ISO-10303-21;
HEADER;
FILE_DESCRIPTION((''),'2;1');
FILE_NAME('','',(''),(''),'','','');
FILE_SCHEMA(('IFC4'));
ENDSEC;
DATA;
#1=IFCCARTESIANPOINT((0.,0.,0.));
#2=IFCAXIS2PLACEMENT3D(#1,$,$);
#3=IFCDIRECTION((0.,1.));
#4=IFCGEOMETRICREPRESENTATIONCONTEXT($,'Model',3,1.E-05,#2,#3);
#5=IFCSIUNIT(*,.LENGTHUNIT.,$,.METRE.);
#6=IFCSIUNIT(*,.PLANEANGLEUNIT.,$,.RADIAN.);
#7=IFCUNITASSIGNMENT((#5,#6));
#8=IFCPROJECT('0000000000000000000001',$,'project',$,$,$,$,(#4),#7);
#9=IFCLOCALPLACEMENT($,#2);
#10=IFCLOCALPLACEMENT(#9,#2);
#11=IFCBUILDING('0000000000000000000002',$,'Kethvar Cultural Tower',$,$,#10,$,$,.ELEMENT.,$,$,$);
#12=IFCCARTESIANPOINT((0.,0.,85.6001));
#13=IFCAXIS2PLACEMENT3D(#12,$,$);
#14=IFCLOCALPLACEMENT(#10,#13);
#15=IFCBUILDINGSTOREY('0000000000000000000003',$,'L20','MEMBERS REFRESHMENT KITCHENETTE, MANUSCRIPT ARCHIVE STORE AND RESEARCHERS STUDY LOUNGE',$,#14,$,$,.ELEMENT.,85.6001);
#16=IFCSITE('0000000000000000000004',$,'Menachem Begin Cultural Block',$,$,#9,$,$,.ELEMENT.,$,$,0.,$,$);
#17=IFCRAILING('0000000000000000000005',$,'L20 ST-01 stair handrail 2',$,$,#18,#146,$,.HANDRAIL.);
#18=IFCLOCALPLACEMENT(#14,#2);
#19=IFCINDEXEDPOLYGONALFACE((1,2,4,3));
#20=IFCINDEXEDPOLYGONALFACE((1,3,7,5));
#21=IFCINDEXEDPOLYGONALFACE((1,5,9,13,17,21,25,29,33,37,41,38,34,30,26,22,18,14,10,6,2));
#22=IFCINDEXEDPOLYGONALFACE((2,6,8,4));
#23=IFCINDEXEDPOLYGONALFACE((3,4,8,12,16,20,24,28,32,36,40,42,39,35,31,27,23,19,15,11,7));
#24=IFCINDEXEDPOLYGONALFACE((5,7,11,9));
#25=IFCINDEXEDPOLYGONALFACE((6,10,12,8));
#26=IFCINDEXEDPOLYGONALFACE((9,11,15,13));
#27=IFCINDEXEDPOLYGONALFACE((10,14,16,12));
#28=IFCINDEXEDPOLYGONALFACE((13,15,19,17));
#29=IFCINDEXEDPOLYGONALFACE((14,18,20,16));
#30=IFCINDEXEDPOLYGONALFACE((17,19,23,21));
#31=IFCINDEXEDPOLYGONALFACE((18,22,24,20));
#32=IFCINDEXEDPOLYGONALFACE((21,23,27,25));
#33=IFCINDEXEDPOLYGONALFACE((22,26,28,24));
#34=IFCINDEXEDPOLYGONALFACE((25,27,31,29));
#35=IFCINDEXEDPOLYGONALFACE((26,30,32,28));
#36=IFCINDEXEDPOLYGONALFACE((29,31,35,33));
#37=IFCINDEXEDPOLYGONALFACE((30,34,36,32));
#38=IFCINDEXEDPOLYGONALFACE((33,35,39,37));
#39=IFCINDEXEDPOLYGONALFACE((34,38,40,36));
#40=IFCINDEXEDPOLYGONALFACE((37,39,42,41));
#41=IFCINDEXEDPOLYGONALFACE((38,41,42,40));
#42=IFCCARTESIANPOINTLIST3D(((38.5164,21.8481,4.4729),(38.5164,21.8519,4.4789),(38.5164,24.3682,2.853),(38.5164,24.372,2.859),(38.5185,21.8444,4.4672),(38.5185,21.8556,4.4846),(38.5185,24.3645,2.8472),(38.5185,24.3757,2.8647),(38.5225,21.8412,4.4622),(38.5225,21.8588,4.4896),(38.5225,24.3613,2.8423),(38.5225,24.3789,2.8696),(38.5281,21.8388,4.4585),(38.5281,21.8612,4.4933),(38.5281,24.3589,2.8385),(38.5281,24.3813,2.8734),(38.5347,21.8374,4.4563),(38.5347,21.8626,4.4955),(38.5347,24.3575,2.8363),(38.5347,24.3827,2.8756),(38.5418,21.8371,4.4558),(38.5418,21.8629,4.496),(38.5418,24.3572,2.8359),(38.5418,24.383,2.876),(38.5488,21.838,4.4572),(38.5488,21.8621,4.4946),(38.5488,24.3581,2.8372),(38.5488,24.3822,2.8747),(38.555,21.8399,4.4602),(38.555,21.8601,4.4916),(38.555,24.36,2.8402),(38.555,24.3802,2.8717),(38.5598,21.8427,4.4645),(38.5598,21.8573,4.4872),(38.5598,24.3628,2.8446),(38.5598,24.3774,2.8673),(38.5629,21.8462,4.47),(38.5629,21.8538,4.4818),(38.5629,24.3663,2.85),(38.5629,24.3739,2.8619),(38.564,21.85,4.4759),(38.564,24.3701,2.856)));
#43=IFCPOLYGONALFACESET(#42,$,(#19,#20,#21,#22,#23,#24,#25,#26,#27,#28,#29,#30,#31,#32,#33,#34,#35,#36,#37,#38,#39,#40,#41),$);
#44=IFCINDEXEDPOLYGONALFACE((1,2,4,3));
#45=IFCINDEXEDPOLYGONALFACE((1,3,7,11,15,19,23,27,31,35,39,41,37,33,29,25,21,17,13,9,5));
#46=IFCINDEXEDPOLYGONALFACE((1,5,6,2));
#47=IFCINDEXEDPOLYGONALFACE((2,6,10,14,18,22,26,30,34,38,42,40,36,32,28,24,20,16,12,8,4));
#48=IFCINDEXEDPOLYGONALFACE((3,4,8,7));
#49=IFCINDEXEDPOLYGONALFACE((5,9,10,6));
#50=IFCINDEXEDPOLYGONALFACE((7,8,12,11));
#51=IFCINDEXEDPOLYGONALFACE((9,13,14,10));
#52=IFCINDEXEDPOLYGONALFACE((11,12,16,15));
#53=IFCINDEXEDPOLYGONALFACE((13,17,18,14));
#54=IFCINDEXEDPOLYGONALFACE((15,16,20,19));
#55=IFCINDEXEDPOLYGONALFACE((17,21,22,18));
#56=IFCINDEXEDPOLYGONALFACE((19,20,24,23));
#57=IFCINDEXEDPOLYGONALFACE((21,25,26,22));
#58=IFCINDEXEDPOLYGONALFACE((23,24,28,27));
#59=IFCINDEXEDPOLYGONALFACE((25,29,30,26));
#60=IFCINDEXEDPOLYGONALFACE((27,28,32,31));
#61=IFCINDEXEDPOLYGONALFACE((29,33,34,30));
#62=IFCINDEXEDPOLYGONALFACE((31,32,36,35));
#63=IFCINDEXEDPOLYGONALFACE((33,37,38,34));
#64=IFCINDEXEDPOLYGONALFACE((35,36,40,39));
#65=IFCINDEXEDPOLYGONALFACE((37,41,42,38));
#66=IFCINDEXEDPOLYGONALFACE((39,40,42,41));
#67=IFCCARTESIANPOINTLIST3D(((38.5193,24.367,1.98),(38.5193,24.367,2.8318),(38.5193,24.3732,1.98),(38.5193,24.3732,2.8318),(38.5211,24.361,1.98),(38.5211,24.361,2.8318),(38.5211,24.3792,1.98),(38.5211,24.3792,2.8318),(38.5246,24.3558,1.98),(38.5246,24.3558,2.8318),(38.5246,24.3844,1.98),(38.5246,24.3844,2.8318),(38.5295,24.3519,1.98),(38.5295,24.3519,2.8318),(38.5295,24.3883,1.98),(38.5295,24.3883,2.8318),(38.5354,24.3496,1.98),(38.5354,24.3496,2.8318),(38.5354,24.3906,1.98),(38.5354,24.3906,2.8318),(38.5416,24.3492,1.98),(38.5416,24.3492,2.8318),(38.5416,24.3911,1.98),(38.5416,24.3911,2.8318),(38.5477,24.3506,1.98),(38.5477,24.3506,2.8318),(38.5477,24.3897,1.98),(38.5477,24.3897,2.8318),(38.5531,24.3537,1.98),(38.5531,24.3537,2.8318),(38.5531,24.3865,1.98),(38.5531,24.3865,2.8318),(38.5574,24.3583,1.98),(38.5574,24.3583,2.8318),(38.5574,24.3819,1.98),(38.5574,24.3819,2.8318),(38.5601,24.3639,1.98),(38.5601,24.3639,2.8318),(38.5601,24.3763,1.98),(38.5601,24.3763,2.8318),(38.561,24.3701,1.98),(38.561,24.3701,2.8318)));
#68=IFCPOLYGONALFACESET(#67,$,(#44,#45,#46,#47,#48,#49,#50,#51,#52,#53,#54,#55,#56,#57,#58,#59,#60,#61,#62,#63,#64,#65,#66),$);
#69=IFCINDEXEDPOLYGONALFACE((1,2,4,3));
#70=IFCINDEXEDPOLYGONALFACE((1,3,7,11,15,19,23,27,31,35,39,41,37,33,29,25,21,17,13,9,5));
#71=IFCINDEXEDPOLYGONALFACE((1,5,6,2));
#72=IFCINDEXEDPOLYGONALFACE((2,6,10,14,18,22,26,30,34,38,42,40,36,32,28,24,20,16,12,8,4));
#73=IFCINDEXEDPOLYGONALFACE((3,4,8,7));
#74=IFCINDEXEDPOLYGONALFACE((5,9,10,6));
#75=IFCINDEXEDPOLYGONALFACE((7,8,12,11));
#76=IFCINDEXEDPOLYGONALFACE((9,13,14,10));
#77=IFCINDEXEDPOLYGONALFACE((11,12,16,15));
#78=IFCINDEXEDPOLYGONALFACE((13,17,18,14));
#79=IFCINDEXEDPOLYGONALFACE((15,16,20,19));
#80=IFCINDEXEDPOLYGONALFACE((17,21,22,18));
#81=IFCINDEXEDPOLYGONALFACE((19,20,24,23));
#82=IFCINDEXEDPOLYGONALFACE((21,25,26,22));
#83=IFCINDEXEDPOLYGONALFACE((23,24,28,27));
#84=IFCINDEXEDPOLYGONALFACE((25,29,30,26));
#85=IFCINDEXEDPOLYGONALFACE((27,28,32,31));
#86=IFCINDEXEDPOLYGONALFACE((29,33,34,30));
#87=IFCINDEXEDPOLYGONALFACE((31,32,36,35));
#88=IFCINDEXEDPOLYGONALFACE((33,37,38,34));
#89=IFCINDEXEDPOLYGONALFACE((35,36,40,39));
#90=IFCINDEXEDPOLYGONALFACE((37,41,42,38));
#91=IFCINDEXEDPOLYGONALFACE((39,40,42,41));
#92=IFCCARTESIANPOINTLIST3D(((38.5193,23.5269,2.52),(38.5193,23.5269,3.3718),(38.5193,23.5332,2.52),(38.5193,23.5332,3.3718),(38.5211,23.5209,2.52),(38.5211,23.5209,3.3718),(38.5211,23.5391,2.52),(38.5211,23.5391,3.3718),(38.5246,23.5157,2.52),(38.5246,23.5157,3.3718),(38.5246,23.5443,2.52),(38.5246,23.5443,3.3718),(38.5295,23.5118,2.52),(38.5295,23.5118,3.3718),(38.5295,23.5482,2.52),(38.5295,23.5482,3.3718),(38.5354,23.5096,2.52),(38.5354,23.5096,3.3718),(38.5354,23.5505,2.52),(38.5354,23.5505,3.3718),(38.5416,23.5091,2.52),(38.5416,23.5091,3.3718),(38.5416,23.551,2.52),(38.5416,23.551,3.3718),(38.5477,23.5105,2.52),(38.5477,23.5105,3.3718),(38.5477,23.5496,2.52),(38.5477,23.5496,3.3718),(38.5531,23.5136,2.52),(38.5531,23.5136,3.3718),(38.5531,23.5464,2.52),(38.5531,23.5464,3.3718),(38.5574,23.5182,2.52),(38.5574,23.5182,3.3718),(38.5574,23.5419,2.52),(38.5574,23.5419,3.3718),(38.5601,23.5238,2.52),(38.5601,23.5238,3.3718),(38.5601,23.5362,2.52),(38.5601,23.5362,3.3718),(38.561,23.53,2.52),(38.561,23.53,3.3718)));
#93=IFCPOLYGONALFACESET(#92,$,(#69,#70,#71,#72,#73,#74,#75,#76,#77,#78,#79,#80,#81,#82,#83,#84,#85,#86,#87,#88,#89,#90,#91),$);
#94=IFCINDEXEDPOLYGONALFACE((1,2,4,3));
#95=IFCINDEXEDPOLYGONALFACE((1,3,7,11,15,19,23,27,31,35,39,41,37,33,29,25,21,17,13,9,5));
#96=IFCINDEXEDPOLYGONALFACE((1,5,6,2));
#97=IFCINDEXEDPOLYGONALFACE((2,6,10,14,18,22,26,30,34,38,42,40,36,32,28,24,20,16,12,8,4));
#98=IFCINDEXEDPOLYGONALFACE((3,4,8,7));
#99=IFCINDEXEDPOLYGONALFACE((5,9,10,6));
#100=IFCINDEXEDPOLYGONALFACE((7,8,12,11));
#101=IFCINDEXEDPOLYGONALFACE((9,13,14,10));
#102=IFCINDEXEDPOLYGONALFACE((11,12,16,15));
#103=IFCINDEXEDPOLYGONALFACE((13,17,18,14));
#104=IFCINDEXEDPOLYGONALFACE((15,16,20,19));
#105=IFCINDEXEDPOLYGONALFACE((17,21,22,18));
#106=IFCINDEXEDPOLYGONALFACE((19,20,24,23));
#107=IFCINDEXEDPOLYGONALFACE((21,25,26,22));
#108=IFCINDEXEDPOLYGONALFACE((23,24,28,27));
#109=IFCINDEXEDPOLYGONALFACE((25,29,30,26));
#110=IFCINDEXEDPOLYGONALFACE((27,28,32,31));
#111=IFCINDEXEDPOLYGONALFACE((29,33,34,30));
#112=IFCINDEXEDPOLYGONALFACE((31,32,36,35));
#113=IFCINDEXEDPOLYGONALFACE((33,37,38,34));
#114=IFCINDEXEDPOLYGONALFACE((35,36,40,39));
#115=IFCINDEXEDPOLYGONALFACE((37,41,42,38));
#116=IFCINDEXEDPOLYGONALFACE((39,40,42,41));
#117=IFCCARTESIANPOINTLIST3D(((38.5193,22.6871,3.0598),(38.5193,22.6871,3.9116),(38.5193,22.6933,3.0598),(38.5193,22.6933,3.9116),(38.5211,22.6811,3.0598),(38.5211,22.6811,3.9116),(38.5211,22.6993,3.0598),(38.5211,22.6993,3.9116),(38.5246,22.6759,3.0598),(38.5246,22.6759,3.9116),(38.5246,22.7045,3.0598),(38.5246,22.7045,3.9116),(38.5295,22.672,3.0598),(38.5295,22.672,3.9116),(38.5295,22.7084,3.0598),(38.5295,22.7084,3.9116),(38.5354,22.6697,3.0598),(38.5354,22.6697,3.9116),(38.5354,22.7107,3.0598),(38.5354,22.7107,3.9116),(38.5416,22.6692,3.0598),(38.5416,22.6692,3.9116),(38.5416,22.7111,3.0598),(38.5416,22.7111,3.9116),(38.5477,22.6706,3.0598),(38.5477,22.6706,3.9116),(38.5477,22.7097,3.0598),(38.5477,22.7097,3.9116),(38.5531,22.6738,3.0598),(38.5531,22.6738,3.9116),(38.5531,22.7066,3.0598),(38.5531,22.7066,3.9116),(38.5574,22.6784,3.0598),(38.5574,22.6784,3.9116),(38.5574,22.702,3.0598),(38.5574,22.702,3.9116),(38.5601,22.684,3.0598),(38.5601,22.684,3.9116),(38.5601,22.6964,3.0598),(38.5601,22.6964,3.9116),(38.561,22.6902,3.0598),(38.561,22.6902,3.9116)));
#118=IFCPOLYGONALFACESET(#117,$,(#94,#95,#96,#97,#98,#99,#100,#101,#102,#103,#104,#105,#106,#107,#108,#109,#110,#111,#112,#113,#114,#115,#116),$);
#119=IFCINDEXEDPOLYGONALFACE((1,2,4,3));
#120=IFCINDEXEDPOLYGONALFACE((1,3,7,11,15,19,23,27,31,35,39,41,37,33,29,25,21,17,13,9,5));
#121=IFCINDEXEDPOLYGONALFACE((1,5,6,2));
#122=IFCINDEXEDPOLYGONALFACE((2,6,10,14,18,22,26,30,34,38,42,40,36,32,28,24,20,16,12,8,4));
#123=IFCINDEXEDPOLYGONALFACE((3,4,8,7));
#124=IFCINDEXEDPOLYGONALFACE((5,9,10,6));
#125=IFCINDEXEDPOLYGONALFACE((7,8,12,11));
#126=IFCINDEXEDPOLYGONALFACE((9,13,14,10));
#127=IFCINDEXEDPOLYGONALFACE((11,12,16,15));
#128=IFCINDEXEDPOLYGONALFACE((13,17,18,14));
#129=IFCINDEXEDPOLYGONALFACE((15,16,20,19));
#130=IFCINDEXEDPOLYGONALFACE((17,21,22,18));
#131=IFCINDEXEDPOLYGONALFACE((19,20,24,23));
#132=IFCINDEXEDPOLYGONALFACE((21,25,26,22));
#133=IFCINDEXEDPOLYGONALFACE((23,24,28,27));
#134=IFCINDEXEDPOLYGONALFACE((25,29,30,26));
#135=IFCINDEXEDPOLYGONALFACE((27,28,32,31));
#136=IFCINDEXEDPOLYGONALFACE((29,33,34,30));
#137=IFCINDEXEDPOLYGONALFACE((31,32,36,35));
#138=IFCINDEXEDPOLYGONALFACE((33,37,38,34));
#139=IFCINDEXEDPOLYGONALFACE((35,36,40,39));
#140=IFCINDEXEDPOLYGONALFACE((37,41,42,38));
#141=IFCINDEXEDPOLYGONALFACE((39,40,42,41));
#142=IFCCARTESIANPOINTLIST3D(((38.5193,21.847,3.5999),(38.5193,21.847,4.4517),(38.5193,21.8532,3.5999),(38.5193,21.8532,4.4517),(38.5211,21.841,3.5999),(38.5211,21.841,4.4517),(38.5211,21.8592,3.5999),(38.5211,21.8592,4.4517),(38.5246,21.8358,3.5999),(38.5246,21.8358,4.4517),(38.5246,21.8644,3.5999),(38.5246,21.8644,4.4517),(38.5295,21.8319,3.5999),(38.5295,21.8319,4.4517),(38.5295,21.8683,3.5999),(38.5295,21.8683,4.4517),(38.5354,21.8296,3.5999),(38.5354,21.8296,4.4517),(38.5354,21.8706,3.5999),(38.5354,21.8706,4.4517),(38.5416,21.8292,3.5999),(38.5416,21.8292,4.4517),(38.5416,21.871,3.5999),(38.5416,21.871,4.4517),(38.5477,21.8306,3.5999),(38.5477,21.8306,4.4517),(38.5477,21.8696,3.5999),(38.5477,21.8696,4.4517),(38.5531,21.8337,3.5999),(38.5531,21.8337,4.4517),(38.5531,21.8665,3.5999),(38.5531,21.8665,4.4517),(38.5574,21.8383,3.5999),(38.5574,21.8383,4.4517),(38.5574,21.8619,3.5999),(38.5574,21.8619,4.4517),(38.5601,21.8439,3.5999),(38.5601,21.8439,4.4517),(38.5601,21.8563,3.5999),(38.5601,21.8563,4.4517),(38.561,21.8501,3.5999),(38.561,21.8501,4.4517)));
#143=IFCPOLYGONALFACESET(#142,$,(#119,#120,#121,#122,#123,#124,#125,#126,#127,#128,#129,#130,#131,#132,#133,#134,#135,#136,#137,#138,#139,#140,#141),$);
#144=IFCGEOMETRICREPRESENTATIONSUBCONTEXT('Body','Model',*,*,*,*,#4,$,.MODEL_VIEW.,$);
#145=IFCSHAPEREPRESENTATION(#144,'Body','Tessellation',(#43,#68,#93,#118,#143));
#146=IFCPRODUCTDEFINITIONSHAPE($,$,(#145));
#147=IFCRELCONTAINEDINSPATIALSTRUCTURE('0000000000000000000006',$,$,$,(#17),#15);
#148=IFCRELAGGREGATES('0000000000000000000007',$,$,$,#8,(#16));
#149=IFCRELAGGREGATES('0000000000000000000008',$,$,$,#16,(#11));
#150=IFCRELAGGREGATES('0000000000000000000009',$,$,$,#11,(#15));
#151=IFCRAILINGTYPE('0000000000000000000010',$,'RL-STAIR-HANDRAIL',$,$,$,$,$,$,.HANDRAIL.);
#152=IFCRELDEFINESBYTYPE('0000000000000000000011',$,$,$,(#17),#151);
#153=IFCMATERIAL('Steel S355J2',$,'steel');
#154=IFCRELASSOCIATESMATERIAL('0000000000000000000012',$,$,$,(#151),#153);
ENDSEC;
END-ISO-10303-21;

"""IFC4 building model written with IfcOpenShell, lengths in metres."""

from ifc_helpers import new_model, si_unit, direction, frame, origin, origin_2d, place, context, subcontext, project, spatial, circle, extrude, material, type_object, element, save


model = new_model("IFC4")

# Units and contexts
model_context = context("Model", 3, precision=1e-05, world=origin(), true_north=direction((0.0, 1.0)))
body_context = subcontext(model_context, "Body", "Model", "MODEL_VIEW")
ifc_project = project(units=[si_unit("LENGTHUNIT", "METRE"), si_unit("PLANEANGLEUNIT", "RADIAN")], contexts=[model_context])

# Site, building, storey
site_placement = place(None, origin())
site = spatial("IfcSite", under=ifc_project, at=site_placement, Name="Menachem Begin Cultural Block", CompositionType="ELEMENT", RefElevation=0.0)
building_placement = place(site_placement, origin())
building = spatial("IfcBuilding", under=site, at=building_placement, Name="Kethvar Cultural Tower", CompositionType="ELEMENT")
storey_placement = place(building_placement, frame((0.0, 0.0, 85.6001)))
storey = spatial("IfcBuildingStorey", under=building, at=storey_placement, Name="L20", Description="MEMBERS REFRESHMENT KITCHENETTE, MANUSCRIPT ARCHIVE STORE AND RESEARCHERS STUDY LOUNGE", CompositionType="ELEMENT", Elevation=85.6001)

# Shared definitions
ifc_material_1 = material(Name="Steel S355J2", Category="steel")

# Railing
railing_type_1 = type_object("IfcRailingType", Name="RL-STAIR-HANDRAIL", PredefinedType="HANDRAIL", material=ifc_material_1)
railing_1_placement = place(storey_placement, frame((38.54, 24.3701, 1.98)))
element("IfcRailing", 1, at=railing_1_placement, inside=storey, type_object=railing_type_1, Name="L20 ST-01 stair handrail 2", PredefinedType="HANDRAIL", context=body_context, shape_type="SweptSolid", body=[
    extrude(circle(Radius=0.0239, at=origin_2d()), frame((0.0, 0.0, 0.876), z_axis=(0.0, -0.8412, 0.540725), x_axis=(1.0, 0.0, 0.0)), (0.0, 0.0, 1.0), 2.9958),
    extrude(circle(Radius=0.021, at=origin_2d()), origin(), (0.0, 0.0, 1.0), 0.8518),
    extrude(circle(Radius=0.021, at=origin_2d()), frame((0.0, -0.8401, 0.54)), (0.0, 0.0, 1.0), 0.8518),
    extrude(circle(Radius=0.021, at=origin_2d()), frame((0.0, -1.6799, 1.0798)), (0.0, 0.0, 1.0), 0.8518),
    extrude(circle(Radius=0.021, at=origin_2d()), frame((0.0, -2.52, 1.6199)), (0.0, 0.0, 1.0), 0.8518),
])

save(model, "model.ifc")
